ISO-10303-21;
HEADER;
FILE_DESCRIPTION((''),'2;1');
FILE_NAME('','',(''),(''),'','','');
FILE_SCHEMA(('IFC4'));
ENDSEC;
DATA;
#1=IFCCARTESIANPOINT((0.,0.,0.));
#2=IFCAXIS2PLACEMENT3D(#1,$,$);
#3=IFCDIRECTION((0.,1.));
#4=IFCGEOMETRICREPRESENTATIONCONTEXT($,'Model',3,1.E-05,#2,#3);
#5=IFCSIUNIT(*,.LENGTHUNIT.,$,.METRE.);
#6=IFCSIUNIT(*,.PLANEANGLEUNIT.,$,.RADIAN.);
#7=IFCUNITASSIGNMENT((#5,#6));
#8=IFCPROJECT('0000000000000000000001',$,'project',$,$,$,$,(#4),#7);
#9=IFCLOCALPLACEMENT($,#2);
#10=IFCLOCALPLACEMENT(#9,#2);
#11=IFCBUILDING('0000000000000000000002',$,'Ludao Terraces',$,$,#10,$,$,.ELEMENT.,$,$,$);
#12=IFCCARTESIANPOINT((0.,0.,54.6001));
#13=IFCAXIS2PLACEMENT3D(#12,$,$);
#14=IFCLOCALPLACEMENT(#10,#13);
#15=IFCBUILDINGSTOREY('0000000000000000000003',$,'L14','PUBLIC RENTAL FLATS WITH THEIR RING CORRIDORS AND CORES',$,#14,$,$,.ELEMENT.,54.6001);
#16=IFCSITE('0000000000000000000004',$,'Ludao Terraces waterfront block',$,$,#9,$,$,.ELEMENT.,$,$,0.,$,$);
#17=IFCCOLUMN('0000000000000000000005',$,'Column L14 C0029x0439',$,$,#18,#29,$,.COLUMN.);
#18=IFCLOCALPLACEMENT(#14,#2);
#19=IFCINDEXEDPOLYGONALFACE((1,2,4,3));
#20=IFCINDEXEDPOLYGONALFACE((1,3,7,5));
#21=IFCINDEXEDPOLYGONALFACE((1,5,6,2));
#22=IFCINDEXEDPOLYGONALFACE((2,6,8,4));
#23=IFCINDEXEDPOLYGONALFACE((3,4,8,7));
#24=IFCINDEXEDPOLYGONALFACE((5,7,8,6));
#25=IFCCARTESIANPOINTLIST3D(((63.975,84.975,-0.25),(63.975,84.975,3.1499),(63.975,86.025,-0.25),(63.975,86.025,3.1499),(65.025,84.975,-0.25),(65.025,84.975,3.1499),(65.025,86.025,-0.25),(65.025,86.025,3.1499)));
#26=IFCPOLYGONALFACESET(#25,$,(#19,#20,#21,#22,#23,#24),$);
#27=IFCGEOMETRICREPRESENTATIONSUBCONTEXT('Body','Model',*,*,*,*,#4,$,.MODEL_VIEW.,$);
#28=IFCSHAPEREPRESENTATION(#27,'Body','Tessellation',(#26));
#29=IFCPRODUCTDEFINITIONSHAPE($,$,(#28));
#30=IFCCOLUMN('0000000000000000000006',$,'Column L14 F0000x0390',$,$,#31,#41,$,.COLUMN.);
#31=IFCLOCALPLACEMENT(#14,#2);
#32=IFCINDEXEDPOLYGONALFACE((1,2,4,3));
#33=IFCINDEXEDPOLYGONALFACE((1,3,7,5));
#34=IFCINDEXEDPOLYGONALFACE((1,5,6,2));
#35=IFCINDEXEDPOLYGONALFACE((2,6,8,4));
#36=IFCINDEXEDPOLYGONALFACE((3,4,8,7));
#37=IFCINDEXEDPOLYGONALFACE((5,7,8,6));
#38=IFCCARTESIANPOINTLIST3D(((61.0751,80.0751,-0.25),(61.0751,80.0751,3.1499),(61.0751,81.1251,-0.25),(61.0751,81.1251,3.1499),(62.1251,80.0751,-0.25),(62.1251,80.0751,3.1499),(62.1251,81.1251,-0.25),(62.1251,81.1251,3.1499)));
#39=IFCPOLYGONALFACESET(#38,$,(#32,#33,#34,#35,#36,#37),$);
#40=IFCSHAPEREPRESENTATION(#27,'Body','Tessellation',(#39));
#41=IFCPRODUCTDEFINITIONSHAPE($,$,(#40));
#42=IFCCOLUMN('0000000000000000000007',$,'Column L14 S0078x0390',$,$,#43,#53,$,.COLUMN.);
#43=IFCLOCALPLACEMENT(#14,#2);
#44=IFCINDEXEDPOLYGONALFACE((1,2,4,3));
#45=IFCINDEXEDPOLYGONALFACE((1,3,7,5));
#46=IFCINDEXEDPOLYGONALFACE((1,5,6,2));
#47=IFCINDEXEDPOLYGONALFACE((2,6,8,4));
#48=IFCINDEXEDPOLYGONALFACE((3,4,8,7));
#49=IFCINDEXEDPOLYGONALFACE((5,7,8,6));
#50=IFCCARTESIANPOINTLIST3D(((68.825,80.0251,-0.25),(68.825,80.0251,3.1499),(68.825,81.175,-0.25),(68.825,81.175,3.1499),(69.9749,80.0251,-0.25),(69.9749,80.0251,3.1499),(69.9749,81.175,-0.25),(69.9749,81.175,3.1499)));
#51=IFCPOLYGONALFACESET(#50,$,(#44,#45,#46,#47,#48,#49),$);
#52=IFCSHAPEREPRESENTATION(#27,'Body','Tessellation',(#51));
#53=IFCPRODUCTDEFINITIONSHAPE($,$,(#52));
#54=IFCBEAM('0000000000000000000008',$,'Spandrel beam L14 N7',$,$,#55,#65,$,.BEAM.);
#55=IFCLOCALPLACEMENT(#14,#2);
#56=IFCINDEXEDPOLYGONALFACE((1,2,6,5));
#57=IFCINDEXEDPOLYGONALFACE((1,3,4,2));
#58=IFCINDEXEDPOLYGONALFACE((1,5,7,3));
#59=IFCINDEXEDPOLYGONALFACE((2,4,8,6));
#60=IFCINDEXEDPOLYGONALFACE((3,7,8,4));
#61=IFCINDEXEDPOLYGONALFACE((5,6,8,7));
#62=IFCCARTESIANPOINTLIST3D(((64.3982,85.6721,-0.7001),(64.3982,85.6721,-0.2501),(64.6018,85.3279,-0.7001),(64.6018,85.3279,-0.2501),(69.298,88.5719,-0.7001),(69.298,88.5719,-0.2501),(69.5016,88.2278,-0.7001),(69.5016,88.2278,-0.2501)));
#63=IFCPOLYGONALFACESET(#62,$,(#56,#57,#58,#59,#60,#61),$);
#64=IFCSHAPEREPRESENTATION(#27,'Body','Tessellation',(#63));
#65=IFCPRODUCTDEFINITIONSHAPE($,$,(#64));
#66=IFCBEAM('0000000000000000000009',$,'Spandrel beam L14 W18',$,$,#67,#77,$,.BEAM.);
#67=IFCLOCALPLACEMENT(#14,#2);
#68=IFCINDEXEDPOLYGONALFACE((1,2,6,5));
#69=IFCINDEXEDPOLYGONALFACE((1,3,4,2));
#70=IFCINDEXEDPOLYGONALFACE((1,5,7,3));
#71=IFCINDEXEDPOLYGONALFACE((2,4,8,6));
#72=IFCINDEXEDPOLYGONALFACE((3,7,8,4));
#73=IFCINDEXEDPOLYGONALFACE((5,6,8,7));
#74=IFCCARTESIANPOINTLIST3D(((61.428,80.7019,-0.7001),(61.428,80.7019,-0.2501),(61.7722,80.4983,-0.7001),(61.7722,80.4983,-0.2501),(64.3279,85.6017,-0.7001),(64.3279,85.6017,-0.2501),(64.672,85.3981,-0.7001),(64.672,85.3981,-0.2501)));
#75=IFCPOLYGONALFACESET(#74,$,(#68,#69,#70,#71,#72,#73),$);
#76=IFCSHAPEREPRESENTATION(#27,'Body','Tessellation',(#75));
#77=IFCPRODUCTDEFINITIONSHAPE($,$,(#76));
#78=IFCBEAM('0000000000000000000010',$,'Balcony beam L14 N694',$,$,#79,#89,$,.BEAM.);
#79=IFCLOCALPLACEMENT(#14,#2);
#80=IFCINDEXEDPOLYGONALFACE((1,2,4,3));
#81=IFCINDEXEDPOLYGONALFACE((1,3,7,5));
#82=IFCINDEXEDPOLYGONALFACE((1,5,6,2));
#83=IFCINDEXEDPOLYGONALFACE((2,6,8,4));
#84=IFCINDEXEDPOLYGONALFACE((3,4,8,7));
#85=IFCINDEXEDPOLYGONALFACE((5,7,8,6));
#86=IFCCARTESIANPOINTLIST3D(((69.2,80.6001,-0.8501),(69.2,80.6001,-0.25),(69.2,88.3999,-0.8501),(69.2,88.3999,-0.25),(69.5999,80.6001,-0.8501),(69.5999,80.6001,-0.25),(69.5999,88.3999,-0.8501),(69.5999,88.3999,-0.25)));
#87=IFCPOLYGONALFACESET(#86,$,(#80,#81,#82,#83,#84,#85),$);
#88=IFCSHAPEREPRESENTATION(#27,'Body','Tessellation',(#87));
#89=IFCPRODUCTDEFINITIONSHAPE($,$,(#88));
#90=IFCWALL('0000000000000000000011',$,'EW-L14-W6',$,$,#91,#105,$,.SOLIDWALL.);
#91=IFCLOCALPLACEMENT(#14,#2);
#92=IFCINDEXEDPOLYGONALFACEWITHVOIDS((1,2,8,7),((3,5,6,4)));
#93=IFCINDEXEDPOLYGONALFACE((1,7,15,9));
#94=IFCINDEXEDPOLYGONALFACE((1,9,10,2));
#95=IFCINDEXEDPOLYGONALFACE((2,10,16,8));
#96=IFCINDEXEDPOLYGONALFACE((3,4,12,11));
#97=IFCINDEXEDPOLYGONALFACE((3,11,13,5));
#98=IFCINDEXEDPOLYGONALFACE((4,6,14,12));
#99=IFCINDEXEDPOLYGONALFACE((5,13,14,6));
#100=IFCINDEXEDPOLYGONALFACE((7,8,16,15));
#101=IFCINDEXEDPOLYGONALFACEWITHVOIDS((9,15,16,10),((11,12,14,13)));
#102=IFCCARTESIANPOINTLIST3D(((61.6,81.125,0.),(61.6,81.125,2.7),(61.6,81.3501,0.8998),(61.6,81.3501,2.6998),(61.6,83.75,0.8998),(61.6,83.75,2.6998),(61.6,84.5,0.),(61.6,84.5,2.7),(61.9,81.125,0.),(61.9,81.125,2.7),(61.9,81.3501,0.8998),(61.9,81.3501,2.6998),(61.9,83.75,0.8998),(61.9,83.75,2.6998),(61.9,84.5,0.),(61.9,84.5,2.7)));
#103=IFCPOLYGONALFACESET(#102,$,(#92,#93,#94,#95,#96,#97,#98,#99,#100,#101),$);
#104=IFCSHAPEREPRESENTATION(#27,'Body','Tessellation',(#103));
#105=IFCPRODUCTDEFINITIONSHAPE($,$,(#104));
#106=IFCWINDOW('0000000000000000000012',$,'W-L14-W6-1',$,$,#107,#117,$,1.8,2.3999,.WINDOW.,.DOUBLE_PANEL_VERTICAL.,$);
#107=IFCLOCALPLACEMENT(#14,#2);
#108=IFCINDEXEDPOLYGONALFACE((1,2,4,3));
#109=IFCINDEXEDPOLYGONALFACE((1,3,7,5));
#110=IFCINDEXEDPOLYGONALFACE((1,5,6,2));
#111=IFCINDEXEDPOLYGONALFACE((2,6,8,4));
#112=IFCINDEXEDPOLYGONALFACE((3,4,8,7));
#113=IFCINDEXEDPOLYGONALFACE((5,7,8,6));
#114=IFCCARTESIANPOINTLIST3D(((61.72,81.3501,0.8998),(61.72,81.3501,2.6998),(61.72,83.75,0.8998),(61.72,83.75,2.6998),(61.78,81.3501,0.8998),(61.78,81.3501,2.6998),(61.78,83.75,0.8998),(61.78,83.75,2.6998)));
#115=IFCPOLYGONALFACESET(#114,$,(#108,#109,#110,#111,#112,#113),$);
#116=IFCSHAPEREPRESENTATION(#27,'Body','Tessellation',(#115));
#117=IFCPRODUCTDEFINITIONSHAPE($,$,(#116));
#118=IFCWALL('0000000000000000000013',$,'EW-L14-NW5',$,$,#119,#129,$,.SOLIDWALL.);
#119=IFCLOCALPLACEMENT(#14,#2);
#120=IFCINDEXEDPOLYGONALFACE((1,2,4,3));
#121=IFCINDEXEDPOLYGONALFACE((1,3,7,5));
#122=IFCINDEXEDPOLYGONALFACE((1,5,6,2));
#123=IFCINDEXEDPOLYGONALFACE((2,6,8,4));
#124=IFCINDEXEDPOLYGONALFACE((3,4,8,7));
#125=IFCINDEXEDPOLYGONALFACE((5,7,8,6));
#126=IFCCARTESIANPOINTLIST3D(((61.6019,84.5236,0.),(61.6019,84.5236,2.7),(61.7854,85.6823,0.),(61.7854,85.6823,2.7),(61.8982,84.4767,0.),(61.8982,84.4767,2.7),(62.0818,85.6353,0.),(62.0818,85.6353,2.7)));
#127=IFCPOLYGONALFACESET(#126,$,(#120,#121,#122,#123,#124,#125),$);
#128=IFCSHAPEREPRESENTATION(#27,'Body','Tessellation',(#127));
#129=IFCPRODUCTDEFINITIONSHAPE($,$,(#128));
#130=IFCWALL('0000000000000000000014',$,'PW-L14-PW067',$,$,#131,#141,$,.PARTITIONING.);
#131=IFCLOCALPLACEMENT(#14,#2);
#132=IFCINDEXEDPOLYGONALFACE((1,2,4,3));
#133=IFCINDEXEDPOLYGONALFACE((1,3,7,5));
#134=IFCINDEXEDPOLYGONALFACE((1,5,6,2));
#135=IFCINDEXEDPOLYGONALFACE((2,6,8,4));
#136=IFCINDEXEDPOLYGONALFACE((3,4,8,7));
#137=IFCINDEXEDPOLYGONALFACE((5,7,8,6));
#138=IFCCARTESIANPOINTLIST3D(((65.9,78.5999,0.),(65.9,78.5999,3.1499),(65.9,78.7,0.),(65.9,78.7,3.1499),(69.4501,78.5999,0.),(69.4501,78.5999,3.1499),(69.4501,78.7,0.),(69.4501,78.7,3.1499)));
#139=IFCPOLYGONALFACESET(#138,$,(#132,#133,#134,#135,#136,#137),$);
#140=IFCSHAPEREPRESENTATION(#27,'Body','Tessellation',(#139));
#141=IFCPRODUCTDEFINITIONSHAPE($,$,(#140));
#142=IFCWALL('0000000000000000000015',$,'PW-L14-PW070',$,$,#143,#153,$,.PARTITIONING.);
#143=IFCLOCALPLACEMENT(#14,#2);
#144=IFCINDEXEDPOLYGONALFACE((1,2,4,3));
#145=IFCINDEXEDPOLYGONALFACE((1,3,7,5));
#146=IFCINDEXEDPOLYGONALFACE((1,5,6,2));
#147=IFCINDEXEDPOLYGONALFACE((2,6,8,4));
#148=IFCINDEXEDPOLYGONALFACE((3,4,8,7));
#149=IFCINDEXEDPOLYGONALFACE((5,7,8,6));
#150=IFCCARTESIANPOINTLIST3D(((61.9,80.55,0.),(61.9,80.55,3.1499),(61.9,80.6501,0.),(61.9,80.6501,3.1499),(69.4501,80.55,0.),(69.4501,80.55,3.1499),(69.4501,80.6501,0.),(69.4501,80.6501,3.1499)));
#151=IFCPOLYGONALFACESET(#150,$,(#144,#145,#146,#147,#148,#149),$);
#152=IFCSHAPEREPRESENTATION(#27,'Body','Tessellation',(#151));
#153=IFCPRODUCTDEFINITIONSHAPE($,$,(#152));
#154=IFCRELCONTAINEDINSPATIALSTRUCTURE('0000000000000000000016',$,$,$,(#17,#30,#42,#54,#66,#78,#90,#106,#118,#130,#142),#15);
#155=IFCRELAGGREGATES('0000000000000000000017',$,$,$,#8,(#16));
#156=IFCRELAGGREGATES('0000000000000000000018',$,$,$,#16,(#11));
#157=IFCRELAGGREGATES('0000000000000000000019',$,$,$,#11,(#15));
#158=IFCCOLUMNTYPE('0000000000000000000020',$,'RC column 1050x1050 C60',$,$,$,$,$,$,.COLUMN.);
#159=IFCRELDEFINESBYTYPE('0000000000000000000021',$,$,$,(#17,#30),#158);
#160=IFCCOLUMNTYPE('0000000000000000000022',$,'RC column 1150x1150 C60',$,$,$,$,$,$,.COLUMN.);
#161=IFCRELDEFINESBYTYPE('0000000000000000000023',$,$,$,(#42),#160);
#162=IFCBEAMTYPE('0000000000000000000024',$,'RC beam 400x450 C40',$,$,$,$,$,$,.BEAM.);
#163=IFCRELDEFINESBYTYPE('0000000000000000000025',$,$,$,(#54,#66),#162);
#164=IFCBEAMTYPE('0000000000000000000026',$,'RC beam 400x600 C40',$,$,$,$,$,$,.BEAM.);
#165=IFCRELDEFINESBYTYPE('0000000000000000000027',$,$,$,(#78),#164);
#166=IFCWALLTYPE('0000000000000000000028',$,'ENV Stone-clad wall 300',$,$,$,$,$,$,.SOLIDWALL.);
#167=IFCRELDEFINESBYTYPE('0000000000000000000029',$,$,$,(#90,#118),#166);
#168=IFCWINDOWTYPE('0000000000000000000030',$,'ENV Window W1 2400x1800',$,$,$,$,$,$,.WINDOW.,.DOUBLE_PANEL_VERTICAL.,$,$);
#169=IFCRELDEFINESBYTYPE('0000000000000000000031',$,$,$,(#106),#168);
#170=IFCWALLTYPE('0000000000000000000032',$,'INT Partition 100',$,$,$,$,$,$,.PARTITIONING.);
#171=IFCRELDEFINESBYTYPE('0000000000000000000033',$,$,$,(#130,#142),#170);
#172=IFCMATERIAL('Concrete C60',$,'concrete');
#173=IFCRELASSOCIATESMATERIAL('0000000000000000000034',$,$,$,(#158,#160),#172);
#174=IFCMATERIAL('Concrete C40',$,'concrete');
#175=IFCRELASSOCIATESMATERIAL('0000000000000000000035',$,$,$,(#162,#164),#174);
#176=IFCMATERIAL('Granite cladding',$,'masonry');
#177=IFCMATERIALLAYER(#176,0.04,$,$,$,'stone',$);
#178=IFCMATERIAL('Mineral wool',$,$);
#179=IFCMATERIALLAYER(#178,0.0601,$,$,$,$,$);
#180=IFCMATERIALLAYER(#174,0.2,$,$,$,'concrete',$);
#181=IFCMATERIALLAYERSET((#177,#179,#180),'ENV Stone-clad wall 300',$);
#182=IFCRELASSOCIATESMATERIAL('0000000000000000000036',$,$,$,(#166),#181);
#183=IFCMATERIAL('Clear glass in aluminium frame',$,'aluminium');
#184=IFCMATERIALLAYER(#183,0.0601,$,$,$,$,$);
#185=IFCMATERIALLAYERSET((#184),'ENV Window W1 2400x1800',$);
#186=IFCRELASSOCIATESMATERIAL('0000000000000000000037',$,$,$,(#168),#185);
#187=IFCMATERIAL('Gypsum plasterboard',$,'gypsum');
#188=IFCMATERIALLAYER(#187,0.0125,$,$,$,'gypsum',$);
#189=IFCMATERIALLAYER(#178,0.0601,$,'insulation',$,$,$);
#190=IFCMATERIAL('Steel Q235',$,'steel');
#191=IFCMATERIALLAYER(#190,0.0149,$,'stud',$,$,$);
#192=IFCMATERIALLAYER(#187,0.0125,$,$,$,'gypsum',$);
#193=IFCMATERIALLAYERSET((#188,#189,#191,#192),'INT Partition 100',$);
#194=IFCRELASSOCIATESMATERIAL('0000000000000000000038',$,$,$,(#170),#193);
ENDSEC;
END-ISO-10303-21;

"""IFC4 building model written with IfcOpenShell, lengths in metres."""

from ifc_helpers import new_model, si_unit, direction, frame, frame_2d, origin, origin_2d, place, context, subcontext, project, spatial, rectangle, extrude, material, layer, layer_set, material_profile, profile_set, type_object, element, fill, save


model = new_model("IFC4")

# Units and contexts
model_context = context("Model", 3, precision=1e-05, world=origin(), true_north=direction((0.0, 1.0)))
body_context = subcontext(model_context, "Body", "Model", "MODEL_VIEW")
ifc_project = project(units=[si_unit("LENGTHUNIT", "METRE"), si_unit("PLANEANGLEUNIT", "RADIAN")], contexts=[model_context])

# Site, building, storey
site_placement = place(None, origin())
site = spatial("IfcSite", under=ifc_project, at=site_placement, Name="Ludao Terraces waterfront block", CompositionType="ELEMENT", RefElevation=0.0)
building_placement = place(site_placement, origin())
building = spatial("IfcBuilding", under=site, at=building_placement, Name="Ludao Terraces", CompositionType="ELEMENT")
storey_placement = place(building_placement, frame((0.0, 0.0, 54.6001)))
storey = spatial("IfcBuildingStorey", under=building, at=storey_placement, Name="L14", Description="PUBLIC RENTAL FLATS WITH THEIR RING CORRIDORS AND CORES", CompositionType="ELEMENT", Elevation=54.6001)

# Columns
ifc_material_1 = material(Name="Concrete C60", Category="concrete")
ifc_material_profile_1 = material_profile(ifc_material_1, rectangle(XDim=1.05, YDim=1.05, at=origin_2d()), Name="1050 X 1050")
ifc_profile_set_1 = profile_set([ifc_material_profile_1], Name="Concrete C60")
column_type_1 = type_object("IfcColumnType", Name="RC column 1050x1050 C60", PredefinedType="COLUMN", material=ifc_profile_set_1)
for number, where, z_axis, x_axis, name in (
    (1, (64.5, 85.5, -0.25), (0.0, 0.0, 1.0), (1.0, 0.0, 0.0), "Column L14 C0029x0439"),
    (2, (61.6001, 80.6001, -0.25), (0.0, 0.0, 1.0), (1.0, 0.0, 0.0), "Column L14 F0000x0390"),
):
    element("IfcColumn", number, at=place(storey_placement, frame(where, z_axis=z_axis, x_axis=x_axis)), inside=storey, type_object=column_type_1, Name=name, PredefinedType="COLUMN", context=body_context, shape_type="SweptSolid", body=[
        extrude(rectangle(XDim=1.05, YDim=1.05, at=origin_2d()), origin(), (0.0, 0.0, 1.0), 3.3999),
    ])
ifc_material_profile_2 = material_profile(ifc_material_1, rectangle(XDim=1.1499, YDim=1.1499, at=origin_2d()), Name="1150 X 1150")
ifc_profile_set_2 = profile_set([ifc_material_profile_2], Name="Concrete C60")
column_type_2 = type_object("IfcColumnType", Name="RC column 1150x1150 C60", PredefinedType="COLUMN", material=ifc_profile_set_2)
column_placement = place(storey_placement, frame((69.3999, 80.6001, -0.25), z_axis=(0.0, 0.0, 1.0), x_axis=(1.0, 0.0, 0.0)))
element("IfcColumn", 3, at=column_placement, inside=storey, type_object=column_type_2, Name="Column L14 S0078x0390", PredefinedType="COLUMN", context=body_context, shape_type="SweptSolid", body=[
    extrude(rectangle(XDim=1.1499, YDim=1.1499, at=origin_2d()), origin(), (0.0, 0.0, 1.0), 3.3999),
])

# Beams
ifc_material_2 = material(Name="Concrete C40", Category="concrete")
ifc_material_profile_3 = material_profile(ifc_material_2, rectangle(XDim=0.3999, YDim=0.45, at=origin_2d()), Name="400 X 450")
ifc_profile_set_3 = profile_set([ifc_material_profile_3], Name="Concrete C40")
beam_type_1 = type_object("IfcBeamType", Name="RC beam 400x450 C40", PredefinedType="BEAM", material=ifc_profile_set_3)
for number, where, z_axis, x_axis, name in (
    (4, (64.5, 85.5, -0.4751), (0.86058, 0.509316, 0.0), (-0.509316, 0.86058, 0.0), "Spandrel beam L14 N7"),
    (5, (61.6001, 80.6001, -0.4751), (0.509316, 0.86058, 0.0), (-0.86058, 0.509316, 0.0), "Spandrel beam L14 W18"),
):
    element("IfcBeam", number, at=place(storey_placement, frame(where, z_axis=z_axis, x_axis=x_axis)), inside=storey, type_object=beam_type_1, Name=name, PredefinedType="BEAM", context=body_context, shape_type="SweptSolid", body=[
        extrude(rectangle(XDim=0.3999, YDim=0.45, at=origin_2d()), origin(), (0.0, 0.0, 1.0), 5.6936),
    ])
ifc_material_profile_4 = material_profile(ifc_material_2, rectangle(XDim=0.3999, YDim=0.6001, at=origin_2d()), Name="400 X 600")
ifc_profile_set_4 = profile_set([ifc_material_profile_4], Name="Concrete C40")
beam_type_2 = type_object("IfcBeamType", Name="RC beam 400x600 C40", PredefinedType="BEAM", material=ifc_profile_set_4)
beam_placement = place(storey_placement, frame((69.3999, 80.6001, -0.55), z_axis=(0.0, 1.0, 0.0), x_axis=(-1.0, 0.0, 0.0)))
element("IfcBeam", 6, at=beam_placement, inside=storey, type_object=beam_type_2, Name="Balcony beam L14 N694", PredefinedType="BEAM", context=body_context, shape_type="SweptSolid", body=[
    extrude(rectangle(XDim=0.3999, YDim=0.6001, at=origin_2d()), origin(), (0.0, 0.0, 1.0), 7.7998),
])

# Wall, opening, window
ifc_material_3 = material(Name="Granite cladding", Category="masonry")
ifc_layer_1 = layer(ifc_material_3, 0.04, Category="stone")
ifc_material_4 = material(Name="Mineral wool")
ifc_layer_2 = layer(ifc_material_4, 0.0601)
ifc_layer_3 = layer(ifc_material_2, 0.2, Category="concrete")
ifc_layer_set_1 = layer_set([ifc_layer_1, ifc_layer_2, ifc_layer_3], Name="ENV Stone-clad wall 300")
wall_type_1 = type_object("IfcWallType", Name="ENV Stone-clad wall 300", PredefinedType="SOLIDWALL", material=ifc_layer_set_1)
wall_1_placement = place(storey_placement, frame((61.75, 81.125, 0.0), z_axis=(0.0, 0.0, 1.0), x_axis=(0.0, 1.0, 0.0)))
wall_1 = element("IfcWall", 7, at=wall_1_placement, inside=storey, type_object=wall_type_1, Name="EW-L14-W6", PredefinedType="SOLIDWALL", context=body_context, shape_type="SweptSolid", body=[
    extrude(rectangle(XDim=3.375, YDim=0.3, at=frame_2d((1.6875, 0.0))), origin(), (0.0, 0.0, 1.0), 2.7),
])
opening_1_placement = place(wall_1_placement, frame((0.2251, 0.0, 0.8999)))
opening_1 = element("IfcOpeningElement", 8, at=opening_1_placement, cuts=wall_1, PredefinedType="OPENING", context=body_context, shape_type="SweptSolid", body=[
    extrude(rectangle(XDim=2.3999, YDim=1.8, at=frame_2d((1.2, 0.8999))), frame((0.0, 0.1602, 0.0), z_axis=(0.0, -1.0, 0.0), x_axis=(1.0, 0.0, 0.0)), (0.0, 0.0, 1.0), 0.3201),
])
ifc_material_5 = material(Name="Clear glass in aluminium frame", Category="aluminium")
ifc_layer_4 = layer(ifc_material_5, 0.0601)
ifc_layer_set_2 = layer_set([ifc_layer_4], Name="ENV Window W1 2400x1800")
window_type = type_object("IfcWindowType", Name="ENV Window W1 2400x1800", PartitioningType="DOUBLE_PANEL_VERTICAL", PredefinedType="WINDOW", material=ifc_layer_set_2)
window_placement = place(opening_1_placement, origin())
window = element("IfcWindow", 9, at=window_placement, inside=storey, type_object=window_type, Name="W-L14-W6-1", OverallHeight=1.8, OverallWidth=2.3999, PartitioningType="DOUBLE_PANEL_VERTICAL", PredefinedType="WINDOW", context=body_context, shape_type="SweptSolid", body=[
    extrude(rectangle(XDim=2.3999, YDim=1.8, at=frame_2d((1.2, 0.8999))), frame((0.0, 0.03, 0.0), z_axis=(0.0, -1.0, 0.0), x_axis=(1.0, 0.0, 0.0)), (0.0, 0.0, 1.0), 0.0601),
])
fill(opening_1, window)

# Walls
wall_2_placement = place(storey_placement, frame((61.9336, 85.6587, 0.0), z_axis=(0.0, 0.0, 1.0), x_axis=(-0.156497, -0.987678, 0.0)))
element("IfcWall", 10, at=wall_2_placement, inside=storey, type_object=wall_type_1, Name="EW-L14-NW5", PredefinedType="SOLIDWALL", context=body_context, shape_type="SweptSolid", body=[
    extrude(rectangle(XDim=1.1731, YDim=0.3, at=frame_2d((0.5864, 0.0))), origin(), (0.0, 0.0, 1.0), 2.7),
])
ifc_material_6 = material(Name="Gypsum plasterboard", Category="gypsum")
ifc_layer_5 = layer(ifc_material_6, 0.0125, Category="gypsum")
ifc_layer_6 = layer(ifc_material_4, 0.0601, Name="insulation")
ifc_material_7 = material(Name="Steel Q235", Category="steel")
ifc_layer_7 = layer(ifc_material_7, 0.0149, Name="stud")
ifc_layer_8 = layer(ifc_material_6, 0.0125, Category="gypsum")
ifc_layer_set_3 = layer_set([ifc_layer_5, ifc_layer_6, ifc_layer_7, ifc_layer_8], Name="INT Partition 100")
wall_type_2 = type_object("IfcWallType", Name="INT Partition 100", PredefinedType="PARTITIONING", material=ifc_layer_set_3)
wall_3_placement = place(storey_placement, frame((65.9001, 78.6499, 0.0), z_axis=(0.0, 0.0, 1.0), x_axis=(1.0, 0.0, 0.0)))
element("IfcWall", 11, at=wall_3_placement, inside=storey, type_object=wall_type_2, Name="PW-L14-PW067", PredefinedType="PARTITIONING", context=body_context, shape_type="SweptSolid", body=[
    extrude(rectangle(XDim=3.55, YDim=0.1001, at=frame_2d((1.7749, 0.0))), origin(), (0.0, 0.0, 1.0), 3.1499),
])
wall_4_placement = place(storey_placement, frame((61.9001, 80.6001, 0.0), z_axis=(0.0, 0.0, 1.0), x_axis=(1.0, 0.0, 0.0)))
element("IfcWall", 12, at=wall_4_placement, inside=storey, type_object=wall_type_2, Name="PW-L14-PW070", PredefinedType="PARTITIONING", context=body_context, shape_type="SweptSolid", body=[
    extrude(rectangle(XDim=7.55, YDim=0.1001, at=frame_2d((3.7749, 0.0))), origin(), (0.0, 0.0, 1.0), 3.1499),
])

save(model, "model.ifc")
